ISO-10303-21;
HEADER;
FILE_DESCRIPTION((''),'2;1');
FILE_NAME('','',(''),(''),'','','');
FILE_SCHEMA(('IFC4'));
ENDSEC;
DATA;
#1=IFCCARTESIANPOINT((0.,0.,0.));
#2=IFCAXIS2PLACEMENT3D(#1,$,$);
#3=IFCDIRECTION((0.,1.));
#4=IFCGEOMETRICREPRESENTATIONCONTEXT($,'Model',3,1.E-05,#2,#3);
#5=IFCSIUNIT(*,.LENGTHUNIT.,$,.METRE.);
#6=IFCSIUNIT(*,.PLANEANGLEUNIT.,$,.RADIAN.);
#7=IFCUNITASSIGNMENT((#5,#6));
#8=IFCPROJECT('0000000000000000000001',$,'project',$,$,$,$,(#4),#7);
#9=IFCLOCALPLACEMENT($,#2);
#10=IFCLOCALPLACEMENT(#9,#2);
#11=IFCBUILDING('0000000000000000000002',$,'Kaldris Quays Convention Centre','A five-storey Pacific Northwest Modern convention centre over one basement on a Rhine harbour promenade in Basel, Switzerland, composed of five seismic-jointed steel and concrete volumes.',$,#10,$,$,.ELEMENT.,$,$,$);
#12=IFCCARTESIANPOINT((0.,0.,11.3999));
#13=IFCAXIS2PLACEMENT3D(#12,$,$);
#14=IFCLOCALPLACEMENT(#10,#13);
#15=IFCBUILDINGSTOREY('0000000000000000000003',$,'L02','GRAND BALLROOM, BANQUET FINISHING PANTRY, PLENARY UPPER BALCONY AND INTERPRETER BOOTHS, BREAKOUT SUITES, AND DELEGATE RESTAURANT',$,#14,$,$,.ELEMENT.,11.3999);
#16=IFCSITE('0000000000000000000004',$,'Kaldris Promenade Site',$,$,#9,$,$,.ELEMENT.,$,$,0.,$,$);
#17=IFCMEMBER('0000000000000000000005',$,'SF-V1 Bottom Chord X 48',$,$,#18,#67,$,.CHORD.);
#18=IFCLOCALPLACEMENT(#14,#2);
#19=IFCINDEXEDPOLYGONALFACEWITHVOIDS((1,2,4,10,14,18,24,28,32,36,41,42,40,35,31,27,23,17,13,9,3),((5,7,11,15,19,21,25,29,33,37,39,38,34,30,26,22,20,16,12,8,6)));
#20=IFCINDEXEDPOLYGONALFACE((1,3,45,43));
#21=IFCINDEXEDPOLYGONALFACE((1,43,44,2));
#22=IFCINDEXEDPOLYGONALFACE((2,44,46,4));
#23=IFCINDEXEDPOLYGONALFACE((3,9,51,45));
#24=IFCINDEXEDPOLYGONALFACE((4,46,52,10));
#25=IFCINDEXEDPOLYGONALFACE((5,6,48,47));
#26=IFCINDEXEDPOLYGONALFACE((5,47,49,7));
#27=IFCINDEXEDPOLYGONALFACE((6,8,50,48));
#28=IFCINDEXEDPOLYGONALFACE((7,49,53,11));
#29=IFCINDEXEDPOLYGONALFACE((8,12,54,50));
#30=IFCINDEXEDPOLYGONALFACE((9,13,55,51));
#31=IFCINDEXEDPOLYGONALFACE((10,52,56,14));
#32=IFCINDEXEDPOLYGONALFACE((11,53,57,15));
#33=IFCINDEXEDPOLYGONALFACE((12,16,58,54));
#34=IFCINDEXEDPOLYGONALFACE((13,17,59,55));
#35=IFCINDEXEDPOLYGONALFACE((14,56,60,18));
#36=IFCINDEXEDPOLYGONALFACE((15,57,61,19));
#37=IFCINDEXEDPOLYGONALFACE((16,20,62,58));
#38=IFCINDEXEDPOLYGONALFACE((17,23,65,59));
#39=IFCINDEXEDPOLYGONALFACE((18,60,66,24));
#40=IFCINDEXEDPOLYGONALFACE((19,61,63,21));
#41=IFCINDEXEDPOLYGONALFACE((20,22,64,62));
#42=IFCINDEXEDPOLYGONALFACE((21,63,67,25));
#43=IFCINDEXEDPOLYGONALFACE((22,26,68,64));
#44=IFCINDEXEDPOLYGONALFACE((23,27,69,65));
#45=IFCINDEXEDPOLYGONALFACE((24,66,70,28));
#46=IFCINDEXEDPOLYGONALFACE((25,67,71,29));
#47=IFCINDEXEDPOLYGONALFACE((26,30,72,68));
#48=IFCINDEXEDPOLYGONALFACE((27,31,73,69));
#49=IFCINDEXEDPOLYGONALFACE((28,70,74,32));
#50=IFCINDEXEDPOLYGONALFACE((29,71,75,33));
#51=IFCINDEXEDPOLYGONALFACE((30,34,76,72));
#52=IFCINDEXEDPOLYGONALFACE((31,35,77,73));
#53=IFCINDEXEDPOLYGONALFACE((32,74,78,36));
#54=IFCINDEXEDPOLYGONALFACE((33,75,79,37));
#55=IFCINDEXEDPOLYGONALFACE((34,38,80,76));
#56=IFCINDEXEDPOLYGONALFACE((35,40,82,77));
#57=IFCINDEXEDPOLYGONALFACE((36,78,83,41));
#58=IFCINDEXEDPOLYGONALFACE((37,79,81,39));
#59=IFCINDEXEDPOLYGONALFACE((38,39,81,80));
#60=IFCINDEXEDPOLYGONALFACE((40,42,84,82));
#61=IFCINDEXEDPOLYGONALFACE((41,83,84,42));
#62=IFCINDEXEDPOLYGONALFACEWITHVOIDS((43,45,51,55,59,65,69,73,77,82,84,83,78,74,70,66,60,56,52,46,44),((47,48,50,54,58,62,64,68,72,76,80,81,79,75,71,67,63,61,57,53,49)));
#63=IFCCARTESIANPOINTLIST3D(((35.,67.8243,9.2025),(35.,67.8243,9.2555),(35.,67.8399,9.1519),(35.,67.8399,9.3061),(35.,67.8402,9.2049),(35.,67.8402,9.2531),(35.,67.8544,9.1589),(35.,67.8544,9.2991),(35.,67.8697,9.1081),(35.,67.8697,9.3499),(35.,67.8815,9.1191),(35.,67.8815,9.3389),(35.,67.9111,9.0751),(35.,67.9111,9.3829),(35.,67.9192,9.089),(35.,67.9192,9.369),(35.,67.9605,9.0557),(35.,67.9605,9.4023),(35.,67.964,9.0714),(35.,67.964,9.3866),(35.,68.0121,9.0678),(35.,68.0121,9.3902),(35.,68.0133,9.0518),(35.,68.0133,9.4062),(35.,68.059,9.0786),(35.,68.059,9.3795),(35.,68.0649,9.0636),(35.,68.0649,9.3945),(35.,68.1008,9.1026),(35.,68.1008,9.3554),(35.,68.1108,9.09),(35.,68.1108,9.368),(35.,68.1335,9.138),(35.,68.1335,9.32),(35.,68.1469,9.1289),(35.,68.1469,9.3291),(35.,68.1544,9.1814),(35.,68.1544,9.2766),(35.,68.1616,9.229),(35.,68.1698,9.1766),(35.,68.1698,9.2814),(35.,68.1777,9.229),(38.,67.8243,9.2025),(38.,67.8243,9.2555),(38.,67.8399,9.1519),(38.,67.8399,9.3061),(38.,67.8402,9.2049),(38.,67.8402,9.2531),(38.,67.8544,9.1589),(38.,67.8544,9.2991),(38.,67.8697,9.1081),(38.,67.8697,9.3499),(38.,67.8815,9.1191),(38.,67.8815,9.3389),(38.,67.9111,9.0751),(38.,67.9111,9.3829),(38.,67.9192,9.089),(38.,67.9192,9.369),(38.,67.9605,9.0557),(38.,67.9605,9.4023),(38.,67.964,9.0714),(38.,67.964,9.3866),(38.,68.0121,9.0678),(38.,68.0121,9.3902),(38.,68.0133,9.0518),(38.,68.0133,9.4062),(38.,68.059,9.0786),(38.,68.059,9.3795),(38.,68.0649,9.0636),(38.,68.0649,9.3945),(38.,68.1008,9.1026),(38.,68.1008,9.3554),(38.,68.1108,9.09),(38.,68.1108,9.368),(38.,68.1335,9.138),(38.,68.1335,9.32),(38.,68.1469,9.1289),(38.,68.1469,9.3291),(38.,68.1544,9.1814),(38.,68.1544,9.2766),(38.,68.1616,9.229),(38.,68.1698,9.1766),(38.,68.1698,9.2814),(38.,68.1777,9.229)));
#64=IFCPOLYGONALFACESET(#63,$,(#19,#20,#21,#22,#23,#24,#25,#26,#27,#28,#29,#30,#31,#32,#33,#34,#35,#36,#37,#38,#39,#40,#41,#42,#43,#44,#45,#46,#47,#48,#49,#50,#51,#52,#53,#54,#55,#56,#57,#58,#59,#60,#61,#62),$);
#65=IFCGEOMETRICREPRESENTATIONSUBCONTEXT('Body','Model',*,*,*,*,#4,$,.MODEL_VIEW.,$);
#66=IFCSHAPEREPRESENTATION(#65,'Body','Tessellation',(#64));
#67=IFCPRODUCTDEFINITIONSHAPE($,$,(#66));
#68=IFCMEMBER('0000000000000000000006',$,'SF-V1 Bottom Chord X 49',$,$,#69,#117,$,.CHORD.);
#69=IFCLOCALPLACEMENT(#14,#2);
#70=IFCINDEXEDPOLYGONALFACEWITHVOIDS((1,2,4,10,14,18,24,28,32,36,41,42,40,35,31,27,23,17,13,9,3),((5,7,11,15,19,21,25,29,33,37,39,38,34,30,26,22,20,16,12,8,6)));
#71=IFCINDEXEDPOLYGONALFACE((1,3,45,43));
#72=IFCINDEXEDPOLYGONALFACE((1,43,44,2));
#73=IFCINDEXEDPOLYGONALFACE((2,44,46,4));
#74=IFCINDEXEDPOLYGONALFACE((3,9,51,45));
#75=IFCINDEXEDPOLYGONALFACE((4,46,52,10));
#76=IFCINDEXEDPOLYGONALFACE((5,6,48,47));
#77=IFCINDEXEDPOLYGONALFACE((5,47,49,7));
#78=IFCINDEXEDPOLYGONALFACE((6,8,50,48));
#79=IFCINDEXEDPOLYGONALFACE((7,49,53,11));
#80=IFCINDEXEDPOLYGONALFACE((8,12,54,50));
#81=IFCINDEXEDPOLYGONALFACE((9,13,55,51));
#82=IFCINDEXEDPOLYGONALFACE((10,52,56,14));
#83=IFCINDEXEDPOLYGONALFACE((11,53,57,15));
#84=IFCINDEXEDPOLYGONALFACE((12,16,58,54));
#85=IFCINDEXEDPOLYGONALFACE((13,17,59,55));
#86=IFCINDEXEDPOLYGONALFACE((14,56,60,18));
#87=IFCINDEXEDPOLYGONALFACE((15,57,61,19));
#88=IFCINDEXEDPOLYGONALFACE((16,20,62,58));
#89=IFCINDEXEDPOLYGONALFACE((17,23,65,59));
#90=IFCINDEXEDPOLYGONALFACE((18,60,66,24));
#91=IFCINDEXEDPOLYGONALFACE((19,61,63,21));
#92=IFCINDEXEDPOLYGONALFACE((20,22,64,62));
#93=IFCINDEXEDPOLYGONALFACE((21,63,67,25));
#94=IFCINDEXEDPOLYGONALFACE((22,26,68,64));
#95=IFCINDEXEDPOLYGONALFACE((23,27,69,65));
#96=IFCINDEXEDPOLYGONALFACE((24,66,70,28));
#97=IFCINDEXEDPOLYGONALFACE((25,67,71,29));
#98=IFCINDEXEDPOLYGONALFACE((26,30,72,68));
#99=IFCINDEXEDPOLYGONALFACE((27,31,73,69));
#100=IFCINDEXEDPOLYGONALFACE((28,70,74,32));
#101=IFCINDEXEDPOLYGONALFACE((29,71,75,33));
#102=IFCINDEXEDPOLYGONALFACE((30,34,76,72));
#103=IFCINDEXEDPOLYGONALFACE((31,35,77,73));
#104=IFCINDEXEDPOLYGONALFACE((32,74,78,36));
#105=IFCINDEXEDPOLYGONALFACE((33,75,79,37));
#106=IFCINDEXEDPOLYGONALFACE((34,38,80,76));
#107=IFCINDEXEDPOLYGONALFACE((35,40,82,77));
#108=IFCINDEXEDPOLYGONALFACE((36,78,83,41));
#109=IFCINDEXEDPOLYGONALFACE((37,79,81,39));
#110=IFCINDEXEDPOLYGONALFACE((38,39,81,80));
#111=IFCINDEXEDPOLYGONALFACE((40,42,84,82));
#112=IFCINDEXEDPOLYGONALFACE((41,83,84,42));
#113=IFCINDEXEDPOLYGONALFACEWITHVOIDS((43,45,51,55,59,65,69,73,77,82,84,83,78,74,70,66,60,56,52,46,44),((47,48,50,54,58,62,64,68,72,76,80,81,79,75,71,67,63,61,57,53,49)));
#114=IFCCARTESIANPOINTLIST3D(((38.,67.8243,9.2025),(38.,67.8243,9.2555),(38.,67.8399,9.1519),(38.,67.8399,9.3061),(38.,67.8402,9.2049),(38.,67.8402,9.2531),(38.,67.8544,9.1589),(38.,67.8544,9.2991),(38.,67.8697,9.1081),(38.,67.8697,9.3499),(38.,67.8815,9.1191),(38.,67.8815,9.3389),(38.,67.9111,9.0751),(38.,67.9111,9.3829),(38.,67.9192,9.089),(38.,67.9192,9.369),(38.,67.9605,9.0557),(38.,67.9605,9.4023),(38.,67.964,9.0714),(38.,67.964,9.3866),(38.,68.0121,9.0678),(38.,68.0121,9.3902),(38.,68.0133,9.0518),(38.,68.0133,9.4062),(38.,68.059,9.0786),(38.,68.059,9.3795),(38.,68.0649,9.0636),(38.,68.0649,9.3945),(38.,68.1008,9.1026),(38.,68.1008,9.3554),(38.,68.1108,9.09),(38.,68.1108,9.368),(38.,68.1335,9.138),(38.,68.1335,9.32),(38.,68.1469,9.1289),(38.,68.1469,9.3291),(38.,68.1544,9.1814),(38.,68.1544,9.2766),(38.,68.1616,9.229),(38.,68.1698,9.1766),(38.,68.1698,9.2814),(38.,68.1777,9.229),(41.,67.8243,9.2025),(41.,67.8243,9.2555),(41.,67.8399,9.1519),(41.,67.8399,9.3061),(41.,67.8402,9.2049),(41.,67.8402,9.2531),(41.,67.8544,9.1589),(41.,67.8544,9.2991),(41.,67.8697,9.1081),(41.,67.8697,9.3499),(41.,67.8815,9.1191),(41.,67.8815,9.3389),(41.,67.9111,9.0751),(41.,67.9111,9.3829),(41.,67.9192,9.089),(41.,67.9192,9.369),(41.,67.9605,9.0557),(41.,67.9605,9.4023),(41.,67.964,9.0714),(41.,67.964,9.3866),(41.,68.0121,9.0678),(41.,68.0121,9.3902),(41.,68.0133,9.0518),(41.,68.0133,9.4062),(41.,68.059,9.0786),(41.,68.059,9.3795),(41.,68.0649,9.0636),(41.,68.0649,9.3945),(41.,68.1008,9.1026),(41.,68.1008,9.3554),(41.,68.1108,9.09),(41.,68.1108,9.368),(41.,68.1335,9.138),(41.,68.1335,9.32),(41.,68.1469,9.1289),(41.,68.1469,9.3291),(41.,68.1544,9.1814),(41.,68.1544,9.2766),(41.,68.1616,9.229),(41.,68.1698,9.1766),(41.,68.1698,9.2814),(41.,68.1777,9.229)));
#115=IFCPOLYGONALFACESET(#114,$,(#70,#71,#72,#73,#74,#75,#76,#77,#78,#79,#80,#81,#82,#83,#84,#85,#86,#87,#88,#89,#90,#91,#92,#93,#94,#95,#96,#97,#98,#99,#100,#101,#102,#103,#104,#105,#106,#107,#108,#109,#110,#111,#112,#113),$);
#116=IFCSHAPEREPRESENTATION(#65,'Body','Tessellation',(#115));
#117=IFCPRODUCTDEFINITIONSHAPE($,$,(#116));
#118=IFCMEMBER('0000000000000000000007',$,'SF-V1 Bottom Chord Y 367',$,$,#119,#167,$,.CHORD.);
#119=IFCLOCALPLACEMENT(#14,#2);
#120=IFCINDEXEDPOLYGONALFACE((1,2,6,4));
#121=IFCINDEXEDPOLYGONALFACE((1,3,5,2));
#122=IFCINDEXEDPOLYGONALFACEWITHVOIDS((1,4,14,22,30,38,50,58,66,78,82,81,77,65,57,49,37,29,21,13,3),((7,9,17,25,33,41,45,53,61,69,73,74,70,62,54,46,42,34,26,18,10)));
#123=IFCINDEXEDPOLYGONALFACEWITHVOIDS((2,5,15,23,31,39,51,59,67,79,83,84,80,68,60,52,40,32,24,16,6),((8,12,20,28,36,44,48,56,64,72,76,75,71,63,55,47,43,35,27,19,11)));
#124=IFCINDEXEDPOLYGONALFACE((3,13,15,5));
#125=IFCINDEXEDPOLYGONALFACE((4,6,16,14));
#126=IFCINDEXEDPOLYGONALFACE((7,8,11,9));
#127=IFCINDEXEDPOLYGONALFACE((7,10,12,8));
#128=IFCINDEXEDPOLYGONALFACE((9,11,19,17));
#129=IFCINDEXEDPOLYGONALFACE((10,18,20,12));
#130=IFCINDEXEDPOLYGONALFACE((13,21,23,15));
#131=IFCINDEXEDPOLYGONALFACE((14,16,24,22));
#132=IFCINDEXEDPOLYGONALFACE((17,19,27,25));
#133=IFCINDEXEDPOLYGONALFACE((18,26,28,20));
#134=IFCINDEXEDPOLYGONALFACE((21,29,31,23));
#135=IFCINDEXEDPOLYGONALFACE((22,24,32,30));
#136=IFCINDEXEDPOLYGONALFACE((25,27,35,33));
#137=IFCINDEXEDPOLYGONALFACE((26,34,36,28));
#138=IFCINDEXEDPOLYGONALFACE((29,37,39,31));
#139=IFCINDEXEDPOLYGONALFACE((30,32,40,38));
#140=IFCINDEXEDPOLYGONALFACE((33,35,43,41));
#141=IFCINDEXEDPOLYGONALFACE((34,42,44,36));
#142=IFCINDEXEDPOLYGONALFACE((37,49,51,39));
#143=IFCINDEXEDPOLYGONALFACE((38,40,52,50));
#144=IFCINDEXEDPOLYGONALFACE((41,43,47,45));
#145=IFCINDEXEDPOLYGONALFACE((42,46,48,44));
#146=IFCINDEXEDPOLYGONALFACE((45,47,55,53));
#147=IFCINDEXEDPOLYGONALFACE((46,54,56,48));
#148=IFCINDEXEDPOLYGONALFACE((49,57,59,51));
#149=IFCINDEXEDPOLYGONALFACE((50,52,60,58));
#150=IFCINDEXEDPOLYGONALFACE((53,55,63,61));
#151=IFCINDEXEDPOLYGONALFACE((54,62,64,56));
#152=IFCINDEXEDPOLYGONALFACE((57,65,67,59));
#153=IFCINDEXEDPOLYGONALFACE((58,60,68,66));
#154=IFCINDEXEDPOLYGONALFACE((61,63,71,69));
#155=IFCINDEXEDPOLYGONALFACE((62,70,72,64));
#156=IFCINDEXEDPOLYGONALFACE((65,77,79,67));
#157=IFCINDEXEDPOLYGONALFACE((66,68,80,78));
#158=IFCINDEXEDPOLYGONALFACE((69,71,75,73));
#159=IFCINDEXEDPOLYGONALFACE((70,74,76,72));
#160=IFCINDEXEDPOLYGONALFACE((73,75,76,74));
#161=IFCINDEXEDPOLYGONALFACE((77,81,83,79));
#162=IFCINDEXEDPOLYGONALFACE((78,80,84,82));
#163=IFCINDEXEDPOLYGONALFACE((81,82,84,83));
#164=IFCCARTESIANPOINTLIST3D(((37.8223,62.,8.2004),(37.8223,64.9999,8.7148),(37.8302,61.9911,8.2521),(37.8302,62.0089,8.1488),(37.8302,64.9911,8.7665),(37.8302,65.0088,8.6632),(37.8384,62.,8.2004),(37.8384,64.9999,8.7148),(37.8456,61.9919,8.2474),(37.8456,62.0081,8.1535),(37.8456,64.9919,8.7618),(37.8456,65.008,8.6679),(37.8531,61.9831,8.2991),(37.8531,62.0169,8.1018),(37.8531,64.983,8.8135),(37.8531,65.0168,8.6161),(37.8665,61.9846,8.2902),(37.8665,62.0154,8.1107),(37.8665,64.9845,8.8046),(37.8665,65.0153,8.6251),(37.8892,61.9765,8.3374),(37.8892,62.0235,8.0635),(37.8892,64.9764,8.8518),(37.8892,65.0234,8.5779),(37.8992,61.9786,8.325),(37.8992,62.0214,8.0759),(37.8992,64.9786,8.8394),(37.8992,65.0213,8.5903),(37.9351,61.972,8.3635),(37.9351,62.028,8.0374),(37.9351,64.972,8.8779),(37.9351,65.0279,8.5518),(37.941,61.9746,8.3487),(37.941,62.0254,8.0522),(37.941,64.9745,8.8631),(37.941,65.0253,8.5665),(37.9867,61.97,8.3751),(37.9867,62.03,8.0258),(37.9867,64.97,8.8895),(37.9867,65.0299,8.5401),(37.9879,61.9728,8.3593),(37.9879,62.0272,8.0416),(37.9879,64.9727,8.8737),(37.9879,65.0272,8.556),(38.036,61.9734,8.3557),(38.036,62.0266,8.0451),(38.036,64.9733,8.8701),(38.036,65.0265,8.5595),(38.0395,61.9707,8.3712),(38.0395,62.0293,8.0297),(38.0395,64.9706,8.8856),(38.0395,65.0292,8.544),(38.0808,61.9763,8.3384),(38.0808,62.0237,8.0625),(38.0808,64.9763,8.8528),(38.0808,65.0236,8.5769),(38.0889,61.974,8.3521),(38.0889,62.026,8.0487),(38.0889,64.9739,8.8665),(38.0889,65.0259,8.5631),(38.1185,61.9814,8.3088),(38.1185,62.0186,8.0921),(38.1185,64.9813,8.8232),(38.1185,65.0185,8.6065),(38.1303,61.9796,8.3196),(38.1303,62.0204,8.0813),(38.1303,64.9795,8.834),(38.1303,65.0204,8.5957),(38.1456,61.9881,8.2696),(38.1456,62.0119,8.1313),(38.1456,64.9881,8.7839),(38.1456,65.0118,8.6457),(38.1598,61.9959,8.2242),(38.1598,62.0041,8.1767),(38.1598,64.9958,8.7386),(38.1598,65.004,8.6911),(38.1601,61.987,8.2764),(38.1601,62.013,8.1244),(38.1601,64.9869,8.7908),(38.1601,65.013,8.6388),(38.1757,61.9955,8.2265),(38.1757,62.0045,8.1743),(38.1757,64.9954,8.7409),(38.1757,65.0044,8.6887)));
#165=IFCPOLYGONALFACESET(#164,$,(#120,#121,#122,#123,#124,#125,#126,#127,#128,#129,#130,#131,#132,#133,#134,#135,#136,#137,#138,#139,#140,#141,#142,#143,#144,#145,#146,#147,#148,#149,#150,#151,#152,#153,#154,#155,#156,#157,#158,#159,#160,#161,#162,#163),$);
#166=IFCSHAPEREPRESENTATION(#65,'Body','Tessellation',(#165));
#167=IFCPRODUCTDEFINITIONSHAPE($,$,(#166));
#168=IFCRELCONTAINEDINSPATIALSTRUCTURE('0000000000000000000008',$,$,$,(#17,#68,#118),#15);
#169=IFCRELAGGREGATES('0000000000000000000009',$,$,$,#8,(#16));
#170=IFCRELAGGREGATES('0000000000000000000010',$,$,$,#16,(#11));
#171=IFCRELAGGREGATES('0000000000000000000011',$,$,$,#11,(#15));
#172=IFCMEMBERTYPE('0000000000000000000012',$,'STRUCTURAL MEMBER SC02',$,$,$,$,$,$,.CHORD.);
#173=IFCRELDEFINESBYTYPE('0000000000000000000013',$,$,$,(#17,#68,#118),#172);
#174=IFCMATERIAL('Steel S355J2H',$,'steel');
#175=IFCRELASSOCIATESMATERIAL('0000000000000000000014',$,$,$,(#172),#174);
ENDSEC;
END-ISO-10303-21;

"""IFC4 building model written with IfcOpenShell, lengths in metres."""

from ifc_helpers import new_model, si_unit, direction, frame, origin, origin_2d, place, context, subcontext, project, spatial, hollow_circle, extrude, material, material_profile, profile_set, type_object, element, save


model = new_model("IFC4")

# Units and contexts
model_context = context("Model", 3, precision=1e-05, world=origin(), true_north=direction((0.0, 1.0)))
body_context = subcontext(model_context, "Body", "Model", "MODEL_VIEW")
ifc_project = project(units=[si_unit("LENGTHUNIT", "METRE"), si_unit("PLANEANGLEUNIT", "RADIAN")], contexts=[model_context])

# Site, building, storey
site_placement = place(None, origin())
site = spatial("IfcSite", under=ifc_project, at=site_placement, Name="Kaldris Promenade Site", CompositionType="ELEMENT", RefElevation=0.0)
building_placement = place(site_placement, origin())
building = spatial("IfcBuilding", under=site, at=building_placement, Name="Kaldris Quays Convention Centre", Description="A five-storey Pacific Northwest Modern convention centre over one basement on a Rhine harbour promenade in Basel, Switzerland, composed of five seismic-jointed steel and concrete volumes.", CompositionType="ELEMENT")
storey_placement = place(building_placement, frame((0.0, 0.0, 11.3999)))
storey = spatial("IfcBuildingStorey", under=building, at=storey_placement, Name="L02", Description="GRAND BALLROOM, BANQUET FINISHING PANTRY, PLENARY UPPER BALCONY AND INTERPRETER BOOTHS, BREAKOUT SUITES, AND DELEGATE RESTAURANT", CompositionType="ELEMENT", Elevation=11.3999)

# Members
ifc_material_1 = material(Name="Steel S355J2H", Category="steel")
ifc_material_profile_1 = material_profile(ifc_material_1, hollow_circle(Radius=0.1777, WallThickness=0.0161, at=origin_2d()), Name="CHS 355.6x16")
ifc_profile_set_1 = profile_set([ifc_material_profile_1], Name="Steel S355J2H")
member_type_1 = type_object("IfcMemberType", Name="STRUCTURAL MEMBER SC02", PredefinedType="CHORD", material=ifc_profile_set_1)
for number, where, z_axis, x_axis, name in (
    (1, (35.0, 68.0, 9.229), (1.0, 0.0, 0.0), (0.0, 1.0, 0.0), "SF-V1 Bottom Chord X 48"),
    (2, (38.0, 68.0, 9.229), (1.0, 0.0, 0.0), (0.0, 1.0, 0.0), "SF-V1 Bottom Chord X 49"),
):
    element("IfcMember", number, at=place(storey_placement, frame(where, z_axis=z_axis, x_axis=x_axis)), inside=storey, type_object=member_type_1, Name=name, PredefinedType="CHORD", context=body_context, shape_type="SweptSolid", body=[
        extrude(hollow_circle(Radius=0.1777, WallThickness=0.0161, at=origin_2d()), origin(), (0.0, 0.0, 1.0), 3.0),
    ])
for number, where, z_axis, x_axis, name in (
    (3, (38.0, 62.0, 8.2004), (0.0, 0.985616, 0.169002), (-1.0, 0.0, 0.0), "SF-V1 Bottom Chord Y 367"),
):
    element("IfcMember", number, at=place(storey_placement, frame(where, z_axis=z_axis, x_axis=x_axis)), inside=storey, type_object=member_type_1, Name=name, PredefinedType="CHORD", context=body_context, shape_type="SweptSolid", body=[
        extrude(hollow_circle(Radius=0.1777, WallThickness=0.0161, at=origin_2d()), origin(), (0.0, 0.0, 1.0), 3.0437),
    ])

save(model, "model.ifc")
